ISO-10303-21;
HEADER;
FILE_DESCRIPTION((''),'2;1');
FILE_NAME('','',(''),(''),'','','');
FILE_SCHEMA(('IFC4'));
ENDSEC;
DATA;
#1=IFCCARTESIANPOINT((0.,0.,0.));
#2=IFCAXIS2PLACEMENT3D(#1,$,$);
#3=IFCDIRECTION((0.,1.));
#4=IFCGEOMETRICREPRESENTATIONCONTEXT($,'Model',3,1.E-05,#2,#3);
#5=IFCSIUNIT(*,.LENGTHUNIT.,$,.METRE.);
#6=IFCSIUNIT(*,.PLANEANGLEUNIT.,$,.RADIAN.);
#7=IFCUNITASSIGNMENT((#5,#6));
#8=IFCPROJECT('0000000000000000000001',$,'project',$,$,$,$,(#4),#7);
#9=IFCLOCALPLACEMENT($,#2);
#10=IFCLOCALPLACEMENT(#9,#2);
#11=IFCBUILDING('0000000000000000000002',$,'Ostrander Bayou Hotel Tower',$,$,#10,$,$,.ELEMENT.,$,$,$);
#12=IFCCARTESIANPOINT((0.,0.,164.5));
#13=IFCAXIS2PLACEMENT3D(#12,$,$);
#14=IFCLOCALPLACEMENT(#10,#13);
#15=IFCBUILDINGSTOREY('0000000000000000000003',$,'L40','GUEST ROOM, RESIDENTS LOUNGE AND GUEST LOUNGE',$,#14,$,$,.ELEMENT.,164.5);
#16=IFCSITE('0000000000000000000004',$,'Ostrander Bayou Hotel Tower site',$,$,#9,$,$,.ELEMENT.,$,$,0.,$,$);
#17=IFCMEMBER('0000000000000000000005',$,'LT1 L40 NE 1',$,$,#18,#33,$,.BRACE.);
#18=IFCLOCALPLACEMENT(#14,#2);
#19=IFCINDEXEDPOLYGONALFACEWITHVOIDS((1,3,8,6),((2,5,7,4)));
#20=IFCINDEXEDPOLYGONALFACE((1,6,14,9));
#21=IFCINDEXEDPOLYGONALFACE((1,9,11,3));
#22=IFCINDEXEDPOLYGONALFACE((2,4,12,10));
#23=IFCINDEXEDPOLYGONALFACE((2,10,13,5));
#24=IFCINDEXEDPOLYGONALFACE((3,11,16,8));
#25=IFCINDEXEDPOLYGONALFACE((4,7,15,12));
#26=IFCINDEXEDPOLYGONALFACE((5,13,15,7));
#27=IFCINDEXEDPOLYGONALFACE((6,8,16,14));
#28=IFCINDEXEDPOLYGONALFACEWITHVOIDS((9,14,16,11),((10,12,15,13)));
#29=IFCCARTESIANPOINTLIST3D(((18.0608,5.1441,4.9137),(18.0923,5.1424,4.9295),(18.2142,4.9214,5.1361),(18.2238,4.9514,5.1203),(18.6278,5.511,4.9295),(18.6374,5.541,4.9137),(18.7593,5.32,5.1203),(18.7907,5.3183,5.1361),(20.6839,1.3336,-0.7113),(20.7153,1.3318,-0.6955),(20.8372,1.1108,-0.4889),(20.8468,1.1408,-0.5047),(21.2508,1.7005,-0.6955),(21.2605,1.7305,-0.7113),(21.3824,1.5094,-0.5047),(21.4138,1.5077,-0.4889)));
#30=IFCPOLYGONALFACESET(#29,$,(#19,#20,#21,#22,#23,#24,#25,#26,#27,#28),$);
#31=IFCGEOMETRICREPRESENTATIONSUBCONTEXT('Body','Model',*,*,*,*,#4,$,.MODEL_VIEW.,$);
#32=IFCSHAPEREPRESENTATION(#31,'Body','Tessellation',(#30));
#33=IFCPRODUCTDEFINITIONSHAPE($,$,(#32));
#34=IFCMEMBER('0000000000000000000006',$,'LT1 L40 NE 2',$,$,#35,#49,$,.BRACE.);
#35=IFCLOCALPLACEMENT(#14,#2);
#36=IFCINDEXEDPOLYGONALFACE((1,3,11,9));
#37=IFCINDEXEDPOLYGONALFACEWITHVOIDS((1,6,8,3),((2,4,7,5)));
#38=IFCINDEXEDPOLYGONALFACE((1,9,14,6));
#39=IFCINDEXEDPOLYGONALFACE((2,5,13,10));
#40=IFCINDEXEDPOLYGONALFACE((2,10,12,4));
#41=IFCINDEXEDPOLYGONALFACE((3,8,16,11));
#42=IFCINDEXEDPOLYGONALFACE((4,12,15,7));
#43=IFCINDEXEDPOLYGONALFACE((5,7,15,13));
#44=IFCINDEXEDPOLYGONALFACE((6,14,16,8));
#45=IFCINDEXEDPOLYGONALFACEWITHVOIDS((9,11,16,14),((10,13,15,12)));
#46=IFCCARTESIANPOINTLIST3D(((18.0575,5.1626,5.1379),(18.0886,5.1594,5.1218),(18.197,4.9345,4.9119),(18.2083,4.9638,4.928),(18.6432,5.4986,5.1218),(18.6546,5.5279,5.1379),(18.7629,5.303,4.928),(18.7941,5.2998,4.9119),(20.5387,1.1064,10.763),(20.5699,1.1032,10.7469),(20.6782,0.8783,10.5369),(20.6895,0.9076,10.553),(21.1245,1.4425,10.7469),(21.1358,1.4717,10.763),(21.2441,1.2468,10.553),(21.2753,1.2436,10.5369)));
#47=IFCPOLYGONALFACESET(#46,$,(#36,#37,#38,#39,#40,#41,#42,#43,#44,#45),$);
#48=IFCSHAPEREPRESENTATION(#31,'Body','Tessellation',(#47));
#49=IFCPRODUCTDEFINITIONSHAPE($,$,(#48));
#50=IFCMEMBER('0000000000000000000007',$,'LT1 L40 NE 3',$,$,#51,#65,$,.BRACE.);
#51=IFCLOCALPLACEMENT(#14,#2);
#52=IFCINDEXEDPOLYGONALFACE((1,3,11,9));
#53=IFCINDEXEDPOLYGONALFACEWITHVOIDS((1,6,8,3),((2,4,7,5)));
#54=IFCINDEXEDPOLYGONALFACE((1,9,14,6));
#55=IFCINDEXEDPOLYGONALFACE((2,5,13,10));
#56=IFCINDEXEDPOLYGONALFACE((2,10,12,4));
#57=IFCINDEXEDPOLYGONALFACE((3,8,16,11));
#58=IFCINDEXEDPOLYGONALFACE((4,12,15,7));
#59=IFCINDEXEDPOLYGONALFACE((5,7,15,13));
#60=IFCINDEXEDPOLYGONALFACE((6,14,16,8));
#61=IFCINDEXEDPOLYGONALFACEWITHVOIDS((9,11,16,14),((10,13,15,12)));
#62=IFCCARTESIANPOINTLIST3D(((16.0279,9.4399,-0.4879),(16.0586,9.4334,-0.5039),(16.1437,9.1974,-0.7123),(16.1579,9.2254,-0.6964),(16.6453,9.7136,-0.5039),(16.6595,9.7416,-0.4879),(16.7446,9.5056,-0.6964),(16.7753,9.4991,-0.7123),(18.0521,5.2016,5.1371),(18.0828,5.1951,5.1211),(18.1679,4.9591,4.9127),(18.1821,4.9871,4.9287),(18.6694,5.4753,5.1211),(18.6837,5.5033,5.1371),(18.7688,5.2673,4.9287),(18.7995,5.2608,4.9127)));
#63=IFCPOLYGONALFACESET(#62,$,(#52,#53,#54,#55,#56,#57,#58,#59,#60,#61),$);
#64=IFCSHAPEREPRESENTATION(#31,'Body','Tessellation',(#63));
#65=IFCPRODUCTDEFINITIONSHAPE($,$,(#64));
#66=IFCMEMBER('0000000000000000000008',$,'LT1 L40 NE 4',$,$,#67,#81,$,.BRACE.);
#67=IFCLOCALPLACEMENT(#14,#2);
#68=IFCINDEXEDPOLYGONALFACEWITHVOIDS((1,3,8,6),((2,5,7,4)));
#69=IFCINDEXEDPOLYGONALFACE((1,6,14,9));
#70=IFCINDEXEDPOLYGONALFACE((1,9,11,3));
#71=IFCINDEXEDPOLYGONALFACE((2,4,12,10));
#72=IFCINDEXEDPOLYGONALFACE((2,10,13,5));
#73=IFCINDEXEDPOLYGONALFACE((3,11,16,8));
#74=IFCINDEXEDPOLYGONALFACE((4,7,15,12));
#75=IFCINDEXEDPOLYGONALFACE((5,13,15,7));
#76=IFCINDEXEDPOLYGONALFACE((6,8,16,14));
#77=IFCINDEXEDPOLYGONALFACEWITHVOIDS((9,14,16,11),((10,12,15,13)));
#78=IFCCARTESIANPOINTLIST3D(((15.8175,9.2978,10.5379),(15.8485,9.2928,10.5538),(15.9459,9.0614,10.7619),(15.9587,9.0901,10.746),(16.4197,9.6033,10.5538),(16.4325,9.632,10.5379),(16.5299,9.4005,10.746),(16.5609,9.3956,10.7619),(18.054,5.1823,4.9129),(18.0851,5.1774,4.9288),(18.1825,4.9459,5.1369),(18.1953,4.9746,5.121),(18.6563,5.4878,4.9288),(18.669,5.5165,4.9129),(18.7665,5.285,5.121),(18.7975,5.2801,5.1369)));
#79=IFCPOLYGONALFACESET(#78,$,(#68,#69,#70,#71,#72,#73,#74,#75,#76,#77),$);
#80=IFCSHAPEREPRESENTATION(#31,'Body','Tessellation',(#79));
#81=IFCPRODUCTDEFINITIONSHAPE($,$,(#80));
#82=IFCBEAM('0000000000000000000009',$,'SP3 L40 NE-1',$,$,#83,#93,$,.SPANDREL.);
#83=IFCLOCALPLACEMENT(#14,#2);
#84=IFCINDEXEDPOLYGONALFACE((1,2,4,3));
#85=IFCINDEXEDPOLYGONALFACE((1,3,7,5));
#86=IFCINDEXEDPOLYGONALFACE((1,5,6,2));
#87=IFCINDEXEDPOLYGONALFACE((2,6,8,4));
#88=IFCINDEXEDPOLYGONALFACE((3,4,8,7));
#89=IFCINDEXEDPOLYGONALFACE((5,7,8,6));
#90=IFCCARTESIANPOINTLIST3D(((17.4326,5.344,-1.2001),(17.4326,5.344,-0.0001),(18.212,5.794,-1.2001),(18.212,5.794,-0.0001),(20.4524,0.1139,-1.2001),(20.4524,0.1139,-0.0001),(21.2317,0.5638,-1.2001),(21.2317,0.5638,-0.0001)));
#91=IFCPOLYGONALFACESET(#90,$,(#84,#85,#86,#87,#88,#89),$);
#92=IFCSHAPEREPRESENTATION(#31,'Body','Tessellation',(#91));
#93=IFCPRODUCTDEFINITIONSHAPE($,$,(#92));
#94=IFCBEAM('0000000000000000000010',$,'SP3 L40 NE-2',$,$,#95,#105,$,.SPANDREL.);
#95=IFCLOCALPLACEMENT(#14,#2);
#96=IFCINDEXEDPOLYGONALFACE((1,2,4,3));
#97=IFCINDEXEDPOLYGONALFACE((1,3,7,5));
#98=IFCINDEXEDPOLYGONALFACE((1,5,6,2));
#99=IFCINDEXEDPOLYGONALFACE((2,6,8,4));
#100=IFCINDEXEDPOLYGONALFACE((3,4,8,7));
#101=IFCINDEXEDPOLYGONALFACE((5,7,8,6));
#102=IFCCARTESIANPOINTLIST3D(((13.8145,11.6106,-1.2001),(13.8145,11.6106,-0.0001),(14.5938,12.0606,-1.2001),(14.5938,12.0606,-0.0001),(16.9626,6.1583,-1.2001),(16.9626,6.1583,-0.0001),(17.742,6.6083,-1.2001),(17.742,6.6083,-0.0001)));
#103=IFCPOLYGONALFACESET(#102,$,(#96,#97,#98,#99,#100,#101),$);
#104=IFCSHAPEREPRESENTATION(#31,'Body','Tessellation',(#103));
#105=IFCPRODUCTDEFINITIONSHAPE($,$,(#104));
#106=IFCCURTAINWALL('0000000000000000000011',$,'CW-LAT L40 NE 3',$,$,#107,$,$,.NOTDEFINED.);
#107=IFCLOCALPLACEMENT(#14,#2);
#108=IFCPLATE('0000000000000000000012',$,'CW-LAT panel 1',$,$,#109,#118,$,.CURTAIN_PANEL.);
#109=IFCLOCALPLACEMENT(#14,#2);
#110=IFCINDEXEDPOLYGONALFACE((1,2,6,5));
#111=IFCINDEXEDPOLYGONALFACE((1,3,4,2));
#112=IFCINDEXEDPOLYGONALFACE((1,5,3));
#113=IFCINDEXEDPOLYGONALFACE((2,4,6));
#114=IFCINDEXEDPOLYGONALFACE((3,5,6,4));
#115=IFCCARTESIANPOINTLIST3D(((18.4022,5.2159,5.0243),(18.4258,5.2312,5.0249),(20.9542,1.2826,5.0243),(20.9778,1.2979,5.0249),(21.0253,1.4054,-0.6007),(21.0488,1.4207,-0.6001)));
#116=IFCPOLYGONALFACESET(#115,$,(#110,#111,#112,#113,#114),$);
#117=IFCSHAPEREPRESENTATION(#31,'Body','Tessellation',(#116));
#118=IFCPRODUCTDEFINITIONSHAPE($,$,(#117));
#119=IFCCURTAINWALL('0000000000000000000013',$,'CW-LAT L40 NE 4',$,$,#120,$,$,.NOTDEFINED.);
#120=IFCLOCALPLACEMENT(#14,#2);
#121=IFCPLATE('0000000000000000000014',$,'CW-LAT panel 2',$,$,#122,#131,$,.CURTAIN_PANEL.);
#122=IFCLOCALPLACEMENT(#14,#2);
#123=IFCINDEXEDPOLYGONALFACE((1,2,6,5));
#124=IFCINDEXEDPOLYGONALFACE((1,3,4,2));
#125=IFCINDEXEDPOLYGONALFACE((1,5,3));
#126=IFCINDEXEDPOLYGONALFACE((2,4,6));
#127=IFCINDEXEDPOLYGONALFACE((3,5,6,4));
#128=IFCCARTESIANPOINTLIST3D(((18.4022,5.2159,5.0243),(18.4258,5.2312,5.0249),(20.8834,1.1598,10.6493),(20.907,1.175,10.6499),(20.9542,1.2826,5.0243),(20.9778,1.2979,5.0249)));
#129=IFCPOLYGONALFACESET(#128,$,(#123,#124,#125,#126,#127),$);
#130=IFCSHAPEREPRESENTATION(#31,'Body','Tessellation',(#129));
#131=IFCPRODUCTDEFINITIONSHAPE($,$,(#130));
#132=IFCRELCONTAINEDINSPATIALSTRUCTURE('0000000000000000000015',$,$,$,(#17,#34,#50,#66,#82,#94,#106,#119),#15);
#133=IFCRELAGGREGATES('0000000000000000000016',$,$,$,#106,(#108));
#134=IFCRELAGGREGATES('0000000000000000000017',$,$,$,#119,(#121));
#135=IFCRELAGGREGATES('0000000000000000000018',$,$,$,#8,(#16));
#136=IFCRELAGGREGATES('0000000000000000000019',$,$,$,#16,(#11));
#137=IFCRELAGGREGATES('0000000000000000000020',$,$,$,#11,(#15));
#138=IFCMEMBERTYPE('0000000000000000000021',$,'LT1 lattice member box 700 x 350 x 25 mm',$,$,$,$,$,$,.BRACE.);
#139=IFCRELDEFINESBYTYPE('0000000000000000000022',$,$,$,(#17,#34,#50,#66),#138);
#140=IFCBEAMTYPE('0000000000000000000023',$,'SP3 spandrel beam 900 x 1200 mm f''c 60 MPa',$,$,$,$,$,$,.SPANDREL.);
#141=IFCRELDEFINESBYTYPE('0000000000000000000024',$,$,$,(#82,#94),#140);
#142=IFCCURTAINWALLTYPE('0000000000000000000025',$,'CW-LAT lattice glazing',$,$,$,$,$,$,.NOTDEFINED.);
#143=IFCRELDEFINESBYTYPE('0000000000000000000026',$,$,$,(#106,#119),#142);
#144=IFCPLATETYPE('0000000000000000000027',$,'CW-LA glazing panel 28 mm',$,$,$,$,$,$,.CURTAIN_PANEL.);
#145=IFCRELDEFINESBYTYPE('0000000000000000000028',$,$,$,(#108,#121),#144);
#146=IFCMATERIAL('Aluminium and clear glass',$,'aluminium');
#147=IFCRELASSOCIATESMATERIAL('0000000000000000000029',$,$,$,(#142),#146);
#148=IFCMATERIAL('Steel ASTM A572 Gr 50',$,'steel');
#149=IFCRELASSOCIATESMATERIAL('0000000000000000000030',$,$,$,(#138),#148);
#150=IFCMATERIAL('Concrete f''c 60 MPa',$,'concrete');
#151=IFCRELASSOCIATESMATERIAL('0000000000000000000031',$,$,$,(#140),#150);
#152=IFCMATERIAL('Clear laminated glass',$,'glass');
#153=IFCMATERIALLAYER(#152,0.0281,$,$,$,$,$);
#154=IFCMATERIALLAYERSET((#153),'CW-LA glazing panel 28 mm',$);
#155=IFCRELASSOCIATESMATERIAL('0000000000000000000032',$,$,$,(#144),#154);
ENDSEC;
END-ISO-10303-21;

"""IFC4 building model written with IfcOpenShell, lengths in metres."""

from ifc_helpers import new_model, si_unit, direction, frame, origin, origin_2d, place, context, subcontext, project, spatial, polyline, rectangle, hollow_rectangle, outline, extrude, material, layer, layer_set, material_profile, profile_set, type_object, element, aggregate, save


model = new_model("IFC4")

# Units and contexts
model_context = context("Model", 3, precision=1e-05, world=origin(), true_north=direction((0.0, 1.0)))
body_context = subcontext(model_context, "Body", "Model", "MODEL_VIEW")
ifc_project = project(units=[si_unit("LENGTHUNIT", "METRE"), si_unit("PLANEANGLEUNIT", "RADIAN")], contexts=[model_context])

# Site, building, storey
site_placement = place(None, origin())
site = spatial("IfcSite", under=ifc_project, at=site_placement, Name="Ostrander Bayou Hotel Tower site", CompositionType="ELEMENT", RefElevation=0.0)
building_placement = place(site_placement, origin())
building = spatial("IfcBuilding", under=site, at=building_placement, Name="Ostrander Bayou Hotel Tower", CompositionType="ELEMENT")
storey_placement = place(building_placement, frame((0.0, 0.0, 164.5)))
storey = spatial("IfcBuildingStorey", under=building, at=storey_placement, Name="L40", Description="GUEST ROOM, RESIDENTS LOUNGE AND GUEST LOUNGE", CompositionType="ELEMENT", Elevation=164.5)

# Shared definitions
ifc_material_1 = material(Name="Aluminium and clear glass", Category="aluminium")
curtain_wall_type = type_object("IfcCurtainWallType", Name="CW-LAT lattice glazing", PredefinedType="NOTDEFINED", material=ifc_material_1)

# Members
ifc_material_2 = material(Name="Steel ASTM A572 Gr 50", Category="steel")
ifc_material_profile_1 = material_profile(ifc_material_2, hollow_rectangle(XDim=0.7, YDim=0.3501, WallThickness=0.0249, at=origin_2d()))
ifc_profile_set_1 = profile_set([ifc_material_profile_1], Name="Steel ASTM A572 Gr 50")
member_type_1 = type_object("IfcMemberType", Name="LT1 lattice member box 700 x 350 x 25 mm", PredefinedType="BRACE", material=ifc_profile_set_1)
member_1_placement = place(storey_placement, frame((18.4258, 5.2312, 5.0249), z_axis=(0.360163, -0.523215, -0.772353), x_axis=(0.823709, 0.567013, 0.0)))
element("IfcMember", 1, at=member_1_placement, inside=storey, type_object=member_type_1, Name="LT1 L40 NE 1", PredefinedType="BRACE", context=body_context, shape_type="SweptSolid", body=[
    extrude(hollow_rectangle(XDim=0.7, YDim=0.3501, WallThickness=0.0249, at=origin_2d()), origin(), (0.0, 0.0, 1.0), 7.283),
])
member_2_placement = place(storey_placement, frame((18.4258, 5.2312, 5.0249), z_axis=(0.336872, -0.550702, 0.763704), x_axis=(0.853053, 0.521824, 0.0)))
element("IfcMember", 2, at=member_2_placement, inside=storey, type_object=member_type_1, Name="LT1 L40 NE 2", PredefinedType="BRACE", context=body_context, shape_type="SweptSolid", body=[
    extrude(hollow_rectangle(XDim=0.7, YDim=0.3501, WallThickness=0.0249, at=origin_2d()), origin(), (0.0, 0.0, 1.0), 7.3655),
])
member_3_placement = place(storey_placement, frame((18.4258, 5.2312, 5.0249), z_axis=(-0.276221, 0.578361, -0.767594), x_axis=(-0.902369, -0.430964, 0.0)))
element("IfcMember", 3, at=member_3_placement, inside=storey, type_object=member_type_1, Name="LT1 L40 NE 3", PredefinedType="BRACE", context=body_context, shape_type="SweptSolid", body=[
    extrude(hollow_rectangle(XDim=0.7, YDim=0.3501, WallThickness=0.0249, at=origin_2d()), origin(), (0.0, 0.0, 1.0), 7.3281),
])
member_4_placement = place(storey_placement, frame((18.4258, 5.2312, 5.0249), z_axis=(-0.305549, 0.562236, 0.76846), x_axis=(-0.878634, -0.477497, 0.0)))
element("IfcMember", 4, at=member_4_placement, inside=storey, type_object=member_type_1, Name="LT1 L40 NE 4", PredefinedType="BRACE", context=body_context, shape_type="SweptSolid", body=[
    extrude(hollow_rectangle(XDim=0.7, YDim=0.3501, WallThickness=0.0249, at=origin_2d()), origin(), (0.0, 0.0, 1.0), 7.3198),
])

# Beams
ifc_material_3 = material(Name="Concrete f'c 60 MPa", Category="concrete")
ifc_material_profile_2 = material_profile(ifc_material_3, rectangle(XDim=0.8999, YDim=1.2, at=origin_2d()))
ifc_profile_set_2 = profile_set([ifc_material_profile_2], Name="Concrete f'c 60 MPa")
beam_type_1 = type_object("IfcBeamType", Name="SP3 spandrel beam 900 x 1200 mm f'c 60 MPa", PredefinedType="SPANDREL", material=ifc_profile_set_2)
beam_1_placement = place(storey_placement, frame((20.842, 0.3389, -0.6001), z_axis=(-0.500013, 0.866018, 0.0), x_axis=(-0.866018, -0.500013, 0.0)))
element("IfcBeam", 5, at=beam_1_placement, inside=storey, type_object=beam_type_1, Name="SP3 L40 NE-1", PredefinedType="SPANDREL", context=body_context, shape_type="SweptSolid", body=[
    extrude(rectangle(XDim=0.8999, YDim=1.2, at=origin_2d()), origin(), (0.0, 0.0, 1.0), 6.0393),
])
beam_2_placement = place(storey_placement, frame((17.3523, 6.3833, -0.6001), z_axis=(-0.50003, 0.866008, 0.0), x_axis=(-0.866008, -0.50003, 0.0)))
element("IfcBeam", 6, at=beam_2_placement, inside=storey, type_object=beam_type_1, Name="SP3 L40 NE-2", PredefinedType="SPANDREL", context=body_context, shape_type="SweptSolid", body=[
    extrude(rectangle(XDim=0.8999, YDim=1.2, at=origin_2d()), origin(), (0.0, 0.0, 1.0), 6.2959),
])

# Curtain walls, plates
curtain_wall_1_placement = place(storey_placement, origin())
curtain_wall_1 = element("IfcCurtainWall", 7, at=curtain_wall_1_placement, inside=storey, type_object=curtain_wall_type, Name="CW-LAT L40 NE 3", PredefinedType="NOTDEFINED")
ifc_material_4 = material(Name="Clear laminated glass", Category="glass")
ifc_layer_1 = layer(ifc_material_4, 0.0281)
ifc_layer_set_1 = layer_set([ifc_layer_1], Name="CW-LA glazing panel 28 mm")
plate_type = type_object("IfcPlateType", Name="CW-LA glazing panel 28 mm", PredefinedType="CURTAIN_PANEL", material=ifc_layer_set_1)
plate_1_placement = place(storey_placement, frame((18.4258, 5.2312, 5.0249), z_axis=(0.838687, 0.54415, 0.022472), x_axis=(0.360163, -0.523215, -0.772353)))
plate_1 = element("IfcPlate", 8, at=plate_1_placement, type_object=plate_type, Name="CW-LAT panel 1", PredefinedType="CURTAIN_PANEL", context=body_context, shape_type="SweptSolid", body=[
    extrude(outline(polyline([(0.0, 0.0), (7.2829, 0.0), (2.9771, -3.6222), (0.0, 0.0)])), origin(), (0.0, 0.0, -1.0), 0.0281),
])
aggregate(curtain_wall_1, [plate_1])
curtain_wall_2_placement = place(storey_placement, origin())
curtain_wall_2 = element("IfcCurtainWall", 9, at=curtain_wall_2_placement, inside=storey, type_object=curtain_wall_type, Name="CW-LAT L40 NE 4", PredefinedType="NOTDEFINED")
plate_2_placement = place(storey_placement, frame((18.4258, 5.2312, 5.0249), z_axis=(0.838688, 0.54415, 0.022436), x_axis=(0.336872, -0.550702, 0.763704)))
plate_2 = element("IfcPlate", 10, at=plate_2_placement, type_object=plate_type, Name="CW-LAT panel 2", PredefinedType="CURTAIN_PANEL", context=body_context, shape_type="SweptSolid", body=[
    extrude(outline(polyline([(0.0, 0.0), (7.3654, 0.0), (3.0258, 3.5817), (0.0, 0.0)])), origin(), (0.0, 0.0, -1.0), 0.0281),
])
aggregate(curtain_wall_2, [plate_2])

save(model, "model.ifc")
